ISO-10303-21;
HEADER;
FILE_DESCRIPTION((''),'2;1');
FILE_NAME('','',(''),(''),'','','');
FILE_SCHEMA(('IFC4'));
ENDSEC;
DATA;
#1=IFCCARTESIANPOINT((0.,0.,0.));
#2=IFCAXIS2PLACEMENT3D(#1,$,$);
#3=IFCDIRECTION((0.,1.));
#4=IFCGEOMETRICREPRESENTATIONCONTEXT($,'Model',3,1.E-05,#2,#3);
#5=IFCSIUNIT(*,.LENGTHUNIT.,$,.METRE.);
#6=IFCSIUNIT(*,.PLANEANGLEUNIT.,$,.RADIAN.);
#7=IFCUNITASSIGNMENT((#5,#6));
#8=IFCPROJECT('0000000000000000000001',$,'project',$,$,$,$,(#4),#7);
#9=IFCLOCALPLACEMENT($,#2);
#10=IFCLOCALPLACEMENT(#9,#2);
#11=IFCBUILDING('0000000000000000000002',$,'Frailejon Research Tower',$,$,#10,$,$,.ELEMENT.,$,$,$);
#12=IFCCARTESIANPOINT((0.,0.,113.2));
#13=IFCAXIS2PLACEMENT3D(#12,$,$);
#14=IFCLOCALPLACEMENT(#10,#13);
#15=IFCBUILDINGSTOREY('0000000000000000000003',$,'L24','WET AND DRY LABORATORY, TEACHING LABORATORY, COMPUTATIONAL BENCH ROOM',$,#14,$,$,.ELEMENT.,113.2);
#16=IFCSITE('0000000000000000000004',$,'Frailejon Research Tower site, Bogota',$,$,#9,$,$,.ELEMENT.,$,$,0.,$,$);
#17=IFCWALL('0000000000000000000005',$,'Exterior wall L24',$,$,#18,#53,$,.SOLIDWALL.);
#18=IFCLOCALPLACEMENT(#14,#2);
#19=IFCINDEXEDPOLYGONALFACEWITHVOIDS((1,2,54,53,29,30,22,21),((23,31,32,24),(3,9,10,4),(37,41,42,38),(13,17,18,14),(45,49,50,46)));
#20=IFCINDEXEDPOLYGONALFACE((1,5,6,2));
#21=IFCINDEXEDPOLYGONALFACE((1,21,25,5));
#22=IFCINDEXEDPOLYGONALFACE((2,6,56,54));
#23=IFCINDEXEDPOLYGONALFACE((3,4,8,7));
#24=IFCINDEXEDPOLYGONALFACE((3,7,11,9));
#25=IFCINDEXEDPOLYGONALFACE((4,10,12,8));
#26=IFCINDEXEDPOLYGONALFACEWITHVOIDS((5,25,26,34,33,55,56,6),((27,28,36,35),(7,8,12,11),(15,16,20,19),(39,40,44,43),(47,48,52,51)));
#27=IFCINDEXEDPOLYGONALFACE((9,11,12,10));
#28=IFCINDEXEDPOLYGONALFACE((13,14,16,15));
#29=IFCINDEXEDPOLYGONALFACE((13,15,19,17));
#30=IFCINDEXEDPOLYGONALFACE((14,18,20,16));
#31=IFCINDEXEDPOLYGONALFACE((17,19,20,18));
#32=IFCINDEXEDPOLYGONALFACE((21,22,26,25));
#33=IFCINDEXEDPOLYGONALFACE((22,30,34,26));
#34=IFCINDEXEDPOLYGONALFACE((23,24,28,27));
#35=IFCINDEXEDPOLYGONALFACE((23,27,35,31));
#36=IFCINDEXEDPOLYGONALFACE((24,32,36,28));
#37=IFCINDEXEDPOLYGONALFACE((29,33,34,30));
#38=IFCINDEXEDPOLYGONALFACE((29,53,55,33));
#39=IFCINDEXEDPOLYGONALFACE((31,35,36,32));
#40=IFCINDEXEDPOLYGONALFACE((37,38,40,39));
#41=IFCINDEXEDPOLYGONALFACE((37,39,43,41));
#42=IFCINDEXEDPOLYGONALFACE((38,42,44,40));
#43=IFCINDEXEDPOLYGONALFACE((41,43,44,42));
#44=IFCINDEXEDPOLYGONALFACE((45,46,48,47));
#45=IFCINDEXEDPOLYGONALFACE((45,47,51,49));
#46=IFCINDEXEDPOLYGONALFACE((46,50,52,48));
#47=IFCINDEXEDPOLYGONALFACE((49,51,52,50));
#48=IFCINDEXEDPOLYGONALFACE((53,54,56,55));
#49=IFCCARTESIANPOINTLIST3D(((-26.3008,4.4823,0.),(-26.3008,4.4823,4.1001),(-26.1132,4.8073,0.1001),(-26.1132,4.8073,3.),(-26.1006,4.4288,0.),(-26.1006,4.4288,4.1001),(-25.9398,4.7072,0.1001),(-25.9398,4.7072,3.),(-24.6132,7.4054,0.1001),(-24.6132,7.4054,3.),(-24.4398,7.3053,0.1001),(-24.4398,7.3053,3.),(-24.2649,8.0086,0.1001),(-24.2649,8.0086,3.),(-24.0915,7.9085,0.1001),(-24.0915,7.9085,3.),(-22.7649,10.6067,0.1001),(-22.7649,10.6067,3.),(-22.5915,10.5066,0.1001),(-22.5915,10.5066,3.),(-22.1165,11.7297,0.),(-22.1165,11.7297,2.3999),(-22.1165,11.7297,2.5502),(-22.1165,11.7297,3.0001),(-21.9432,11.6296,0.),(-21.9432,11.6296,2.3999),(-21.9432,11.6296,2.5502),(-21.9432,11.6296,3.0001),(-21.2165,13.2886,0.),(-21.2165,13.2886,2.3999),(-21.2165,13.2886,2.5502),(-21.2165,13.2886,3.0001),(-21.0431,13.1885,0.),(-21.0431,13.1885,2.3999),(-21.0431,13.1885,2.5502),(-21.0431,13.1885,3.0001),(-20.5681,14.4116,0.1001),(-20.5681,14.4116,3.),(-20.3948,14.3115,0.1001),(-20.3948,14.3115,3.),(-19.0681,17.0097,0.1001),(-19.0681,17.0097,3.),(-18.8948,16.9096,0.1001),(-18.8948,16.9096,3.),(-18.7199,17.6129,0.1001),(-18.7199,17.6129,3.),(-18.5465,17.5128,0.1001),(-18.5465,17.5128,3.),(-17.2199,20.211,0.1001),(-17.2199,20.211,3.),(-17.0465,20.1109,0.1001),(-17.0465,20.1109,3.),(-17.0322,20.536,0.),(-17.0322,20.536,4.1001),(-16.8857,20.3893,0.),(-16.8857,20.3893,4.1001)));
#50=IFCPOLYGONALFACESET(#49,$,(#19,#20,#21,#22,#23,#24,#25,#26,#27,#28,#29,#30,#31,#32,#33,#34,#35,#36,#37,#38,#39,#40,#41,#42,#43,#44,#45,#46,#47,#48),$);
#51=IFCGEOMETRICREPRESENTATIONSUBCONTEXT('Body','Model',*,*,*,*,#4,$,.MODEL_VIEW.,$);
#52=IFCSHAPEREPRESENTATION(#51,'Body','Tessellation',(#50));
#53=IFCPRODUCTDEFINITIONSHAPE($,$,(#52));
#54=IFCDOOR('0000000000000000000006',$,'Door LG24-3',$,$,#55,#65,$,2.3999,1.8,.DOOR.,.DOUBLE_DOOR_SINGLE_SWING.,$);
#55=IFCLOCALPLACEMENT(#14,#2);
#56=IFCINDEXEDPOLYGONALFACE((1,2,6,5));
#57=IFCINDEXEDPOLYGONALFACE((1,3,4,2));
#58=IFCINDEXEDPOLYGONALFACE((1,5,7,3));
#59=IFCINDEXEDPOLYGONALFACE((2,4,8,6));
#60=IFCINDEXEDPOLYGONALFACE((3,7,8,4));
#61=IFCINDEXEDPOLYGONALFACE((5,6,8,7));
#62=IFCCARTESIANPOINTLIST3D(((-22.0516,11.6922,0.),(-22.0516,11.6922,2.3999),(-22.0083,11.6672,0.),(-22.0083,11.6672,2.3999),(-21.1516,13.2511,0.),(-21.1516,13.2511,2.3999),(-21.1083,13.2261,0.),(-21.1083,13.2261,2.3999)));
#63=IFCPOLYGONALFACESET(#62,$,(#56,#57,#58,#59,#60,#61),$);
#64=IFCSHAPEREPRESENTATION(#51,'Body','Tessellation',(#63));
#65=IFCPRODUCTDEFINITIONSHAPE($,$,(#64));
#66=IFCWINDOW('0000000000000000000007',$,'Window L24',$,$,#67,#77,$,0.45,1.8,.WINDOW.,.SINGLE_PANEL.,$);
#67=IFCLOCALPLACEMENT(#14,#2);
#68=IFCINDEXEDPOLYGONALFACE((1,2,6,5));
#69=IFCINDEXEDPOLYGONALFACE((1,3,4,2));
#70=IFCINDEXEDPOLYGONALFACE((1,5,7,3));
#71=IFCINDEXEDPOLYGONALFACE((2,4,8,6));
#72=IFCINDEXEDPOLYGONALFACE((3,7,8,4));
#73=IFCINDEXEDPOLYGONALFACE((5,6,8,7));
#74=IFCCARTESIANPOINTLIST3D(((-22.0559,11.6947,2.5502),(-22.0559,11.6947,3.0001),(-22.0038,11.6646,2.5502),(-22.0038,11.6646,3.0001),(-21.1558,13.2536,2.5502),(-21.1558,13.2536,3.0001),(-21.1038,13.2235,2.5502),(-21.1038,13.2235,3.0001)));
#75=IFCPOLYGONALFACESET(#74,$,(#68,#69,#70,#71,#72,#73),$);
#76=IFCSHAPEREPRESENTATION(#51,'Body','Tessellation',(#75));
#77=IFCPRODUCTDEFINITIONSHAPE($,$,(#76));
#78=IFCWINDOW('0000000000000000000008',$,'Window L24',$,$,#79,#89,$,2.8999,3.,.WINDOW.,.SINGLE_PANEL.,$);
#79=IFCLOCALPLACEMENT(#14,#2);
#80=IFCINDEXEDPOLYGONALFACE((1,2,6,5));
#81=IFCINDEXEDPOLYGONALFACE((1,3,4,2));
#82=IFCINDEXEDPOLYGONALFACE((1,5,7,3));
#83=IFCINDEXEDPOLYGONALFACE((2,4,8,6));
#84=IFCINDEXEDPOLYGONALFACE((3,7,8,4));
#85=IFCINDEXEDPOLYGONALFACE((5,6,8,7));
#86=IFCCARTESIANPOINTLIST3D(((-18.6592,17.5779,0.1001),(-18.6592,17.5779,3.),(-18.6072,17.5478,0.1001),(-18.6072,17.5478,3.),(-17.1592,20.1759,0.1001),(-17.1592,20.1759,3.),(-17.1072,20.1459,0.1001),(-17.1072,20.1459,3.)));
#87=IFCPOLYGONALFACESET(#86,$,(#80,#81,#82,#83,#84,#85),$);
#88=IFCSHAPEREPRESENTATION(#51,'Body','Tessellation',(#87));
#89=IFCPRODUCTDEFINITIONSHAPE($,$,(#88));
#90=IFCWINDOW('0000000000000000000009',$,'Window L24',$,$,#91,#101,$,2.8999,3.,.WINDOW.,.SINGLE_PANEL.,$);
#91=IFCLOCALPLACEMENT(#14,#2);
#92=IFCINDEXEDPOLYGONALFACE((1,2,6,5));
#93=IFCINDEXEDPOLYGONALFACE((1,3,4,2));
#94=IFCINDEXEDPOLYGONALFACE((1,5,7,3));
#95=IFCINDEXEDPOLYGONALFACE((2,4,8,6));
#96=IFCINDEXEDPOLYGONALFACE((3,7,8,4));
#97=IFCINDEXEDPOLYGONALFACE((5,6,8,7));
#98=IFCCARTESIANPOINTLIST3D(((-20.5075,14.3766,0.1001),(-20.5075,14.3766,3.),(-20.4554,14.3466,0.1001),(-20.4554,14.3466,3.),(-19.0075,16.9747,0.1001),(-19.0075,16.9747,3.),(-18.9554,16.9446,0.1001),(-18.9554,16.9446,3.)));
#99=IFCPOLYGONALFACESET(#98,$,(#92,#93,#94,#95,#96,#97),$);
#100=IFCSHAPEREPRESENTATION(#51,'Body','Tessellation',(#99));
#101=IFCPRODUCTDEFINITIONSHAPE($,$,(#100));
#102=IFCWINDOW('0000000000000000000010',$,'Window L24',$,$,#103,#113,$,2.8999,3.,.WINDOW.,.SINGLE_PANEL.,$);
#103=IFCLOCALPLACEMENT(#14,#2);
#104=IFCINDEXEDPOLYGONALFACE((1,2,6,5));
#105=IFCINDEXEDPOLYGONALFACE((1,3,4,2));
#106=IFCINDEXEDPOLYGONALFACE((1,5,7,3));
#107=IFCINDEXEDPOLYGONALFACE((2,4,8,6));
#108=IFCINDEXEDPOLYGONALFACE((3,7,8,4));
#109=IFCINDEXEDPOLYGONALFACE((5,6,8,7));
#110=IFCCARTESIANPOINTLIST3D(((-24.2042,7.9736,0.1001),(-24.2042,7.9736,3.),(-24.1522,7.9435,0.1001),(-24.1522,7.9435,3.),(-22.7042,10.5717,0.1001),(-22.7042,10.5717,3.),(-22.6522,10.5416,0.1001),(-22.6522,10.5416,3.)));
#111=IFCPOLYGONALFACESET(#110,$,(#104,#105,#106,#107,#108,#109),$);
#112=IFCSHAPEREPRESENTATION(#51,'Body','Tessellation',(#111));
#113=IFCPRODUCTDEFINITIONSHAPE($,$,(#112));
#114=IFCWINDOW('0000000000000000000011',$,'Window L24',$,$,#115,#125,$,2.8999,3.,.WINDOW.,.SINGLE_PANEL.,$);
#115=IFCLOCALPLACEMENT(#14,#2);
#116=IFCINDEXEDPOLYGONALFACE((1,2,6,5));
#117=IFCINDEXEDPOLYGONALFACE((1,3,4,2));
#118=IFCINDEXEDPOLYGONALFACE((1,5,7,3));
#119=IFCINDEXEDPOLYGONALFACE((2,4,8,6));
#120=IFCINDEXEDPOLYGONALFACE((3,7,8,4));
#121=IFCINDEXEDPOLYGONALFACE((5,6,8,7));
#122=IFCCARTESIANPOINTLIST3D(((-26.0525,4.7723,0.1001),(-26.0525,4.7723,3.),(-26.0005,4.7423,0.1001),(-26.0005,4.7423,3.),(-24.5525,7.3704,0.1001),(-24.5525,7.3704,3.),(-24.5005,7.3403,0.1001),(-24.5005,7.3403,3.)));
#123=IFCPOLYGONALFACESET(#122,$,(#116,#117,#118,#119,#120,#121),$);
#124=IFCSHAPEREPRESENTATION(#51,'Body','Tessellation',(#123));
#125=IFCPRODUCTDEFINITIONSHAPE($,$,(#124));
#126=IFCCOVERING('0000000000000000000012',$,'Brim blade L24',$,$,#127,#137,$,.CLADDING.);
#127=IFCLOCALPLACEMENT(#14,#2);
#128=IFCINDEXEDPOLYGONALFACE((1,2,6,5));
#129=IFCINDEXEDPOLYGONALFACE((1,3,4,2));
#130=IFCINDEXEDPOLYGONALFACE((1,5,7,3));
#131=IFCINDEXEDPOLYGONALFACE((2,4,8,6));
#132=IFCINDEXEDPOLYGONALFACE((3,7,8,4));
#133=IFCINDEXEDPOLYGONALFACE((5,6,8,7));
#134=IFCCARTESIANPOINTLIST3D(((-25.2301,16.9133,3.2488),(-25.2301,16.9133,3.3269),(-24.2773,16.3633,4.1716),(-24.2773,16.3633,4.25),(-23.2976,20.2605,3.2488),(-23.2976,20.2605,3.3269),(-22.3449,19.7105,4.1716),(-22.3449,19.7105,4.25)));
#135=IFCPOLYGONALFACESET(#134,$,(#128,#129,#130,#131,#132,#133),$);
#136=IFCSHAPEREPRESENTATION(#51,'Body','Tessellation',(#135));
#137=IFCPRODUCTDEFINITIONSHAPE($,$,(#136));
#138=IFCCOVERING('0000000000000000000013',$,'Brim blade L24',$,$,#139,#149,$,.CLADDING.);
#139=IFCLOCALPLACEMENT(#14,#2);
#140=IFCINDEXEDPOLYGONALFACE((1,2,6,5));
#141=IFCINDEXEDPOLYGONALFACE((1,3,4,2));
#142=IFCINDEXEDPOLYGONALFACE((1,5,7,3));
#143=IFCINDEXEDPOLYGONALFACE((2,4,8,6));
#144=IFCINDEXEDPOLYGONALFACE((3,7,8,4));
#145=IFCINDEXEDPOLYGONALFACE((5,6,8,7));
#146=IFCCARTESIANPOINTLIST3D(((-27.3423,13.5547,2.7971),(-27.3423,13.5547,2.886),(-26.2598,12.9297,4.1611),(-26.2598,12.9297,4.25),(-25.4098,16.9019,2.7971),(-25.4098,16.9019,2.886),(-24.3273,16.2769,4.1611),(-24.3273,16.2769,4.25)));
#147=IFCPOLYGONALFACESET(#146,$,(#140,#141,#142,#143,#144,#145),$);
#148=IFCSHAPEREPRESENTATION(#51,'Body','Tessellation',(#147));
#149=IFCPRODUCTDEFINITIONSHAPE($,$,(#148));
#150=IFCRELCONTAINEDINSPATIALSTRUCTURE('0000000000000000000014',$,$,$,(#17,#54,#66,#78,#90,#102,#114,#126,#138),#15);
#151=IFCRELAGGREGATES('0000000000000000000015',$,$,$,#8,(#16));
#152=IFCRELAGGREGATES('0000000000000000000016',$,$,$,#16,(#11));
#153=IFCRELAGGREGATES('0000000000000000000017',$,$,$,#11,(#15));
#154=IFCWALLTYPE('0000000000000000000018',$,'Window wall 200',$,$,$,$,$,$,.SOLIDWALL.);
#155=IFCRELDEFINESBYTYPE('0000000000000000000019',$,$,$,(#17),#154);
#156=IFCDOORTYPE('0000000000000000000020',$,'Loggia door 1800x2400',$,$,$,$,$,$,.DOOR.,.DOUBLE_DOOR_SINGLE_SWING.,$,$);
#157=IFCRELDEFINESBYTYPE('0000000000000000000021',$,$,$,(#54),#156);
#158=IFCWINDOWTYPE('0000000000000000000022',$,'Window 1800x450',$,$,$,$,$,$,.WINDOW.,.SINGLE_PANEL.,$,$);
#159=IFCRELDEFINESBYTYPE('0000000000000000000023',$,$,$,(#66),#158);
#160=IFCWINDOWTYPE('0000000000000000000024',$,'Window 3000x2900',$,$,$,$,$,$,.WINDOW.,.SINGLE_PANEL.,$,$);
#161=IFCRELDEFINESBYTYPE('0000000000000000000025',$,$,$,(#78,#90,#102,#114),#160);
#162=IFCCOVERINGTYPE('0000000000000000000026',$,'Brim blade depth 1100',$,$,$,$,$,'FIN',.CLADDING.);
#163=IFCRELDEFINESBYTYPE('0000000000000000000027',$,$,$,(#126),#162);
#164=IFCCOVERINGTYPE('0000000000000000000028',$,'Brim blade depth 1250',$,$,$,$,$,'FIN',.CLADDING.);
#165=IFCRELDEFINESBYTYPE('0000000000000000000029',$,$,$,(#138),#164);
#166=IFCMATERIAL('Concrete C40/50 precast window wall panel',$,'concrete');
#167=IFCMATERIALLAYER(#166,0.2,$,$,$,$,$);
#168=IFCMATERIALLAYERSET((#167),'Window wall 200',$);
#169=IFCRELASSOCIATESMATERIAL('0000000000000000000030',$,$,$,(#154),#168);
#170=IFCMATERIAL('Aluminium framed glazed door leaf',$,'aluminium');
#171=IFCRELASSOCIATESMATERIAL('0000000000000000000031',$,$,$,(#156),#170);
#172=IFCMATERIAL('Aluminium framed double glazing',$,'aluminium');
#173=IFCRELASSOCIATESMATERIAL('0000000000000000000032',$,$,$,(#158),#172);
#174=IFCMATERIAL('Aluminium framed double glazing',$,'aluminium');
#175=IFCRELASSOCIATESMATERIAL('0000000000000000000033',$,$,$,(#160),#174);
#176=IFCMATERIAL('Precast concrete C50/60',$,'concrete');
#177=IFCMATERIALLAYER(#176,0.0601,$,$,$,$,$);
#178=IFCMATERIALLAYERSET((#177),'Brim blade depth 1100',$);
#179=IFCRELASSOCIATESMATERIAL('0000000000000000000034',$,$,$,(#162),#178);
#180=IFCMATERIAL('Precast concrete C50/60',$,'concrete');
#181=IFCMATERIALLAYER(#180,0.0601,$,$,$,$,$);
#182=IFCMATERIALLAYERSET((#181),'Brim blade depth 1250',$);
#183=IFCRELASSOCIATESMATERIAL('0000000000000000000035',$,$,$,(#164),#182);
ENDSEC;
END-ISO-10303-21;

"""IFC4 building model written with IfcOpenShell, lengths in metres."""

from ifc_helpers import new_model, si_unit, direction, frame, frame_2d, origin, place, context, subcontext, project, spatial, polyline, rectangle, outline, extrude, material, layer, layer_set, type_object, element, fill, save


model = new_model("IFC4")

# Units and contexts
model_context = context("Model", 3, precision=1e-05, world=origin(), true_north=direction((0.0, 1.0)))
body_context = subcontext(model_context, "Body", "Model", "MODEL_VIEW")
ifc_project = project(units=[si_unit("LENGTHUNIT", "METRE"), si_unit("PLANEANGLEUNIT", "RADIAN")], contexts=[model_context])

# Site, building, storey
site_placement = place(None, origin())
site = spatial("IfcSite", under=ifc_project, at=site_placement, Name="Frailejon Research Tower site, Bogota", CompositionType="ELEMENT", RefElevation=0.0)
building_placement = place(site_placement, origin())
building = spatial("IfcBuilding", under=site, at=building_placement, Name="Frailejon Research Tower", CompositionType="ELEMENT")
storey_placement = place(building_placement, frame((0.0, 0.0, 113.2)))
storey = spatial("IfcBuildingStorey", under=building, at=storey_placement, Name="L24", Description="WET AND DRY LABORATORY, TEACHING LABORATORY, COMPUTATIONAL BENCH ROOM", CompositionType="ELEMENT", Elevation=113.2)

# Wall, openings, door, windows
ifc_material_1 = material(Name="Concrete C40/50 precast window wall panel", Category="concrete")
ifc_layer_1 = layer(ifc_material_1, 0.2)
ifc_layer_set_1 = layer_set([ifc_layer_1], Name="Window wall 200")
wall_type = type_object("IfcWallType", Name="Window wall 200", PredefinedType="SOLIDWALL", material=ifc_layer_set_1)
wall_placement = place(storey_placement, frame((-16.959, 20.4626, 0.0), z_axis=(0.0, 0.0, 1.0), x_axis=(-0.5, -0.866025, 0.0)))
wall = element("IfcWall", 1, at=wall_placement, inside=storey, type_object=wall_type, Name="Exterior wall L24", PredefinedType="SOLIDWALL", context=body_context, shape_type="SweptSolid", body=[
    extrude(outline(polyline([(-0.0269, -0.1001), (1.0029, -0.1001), (2.0327, -0.1001), (3.0627, -0.1001), (4.0925, -0.1001), (5.1223, -0.1001), (6.1521, -0.1001), (7.1821, -0.1001), (8.2119, -0.1001), (9.2417, -0.1001), (10.2715, -0.1001), (11.3013, -0.1001), (12.3313, -0.1001), (13.3611, -0.1001), (14.3909, -0.1001), (15.4207, -0.1001), (16.4507, -0.1001), (17.4805, -0.1001), (18.5103, -0.1001), (18.4565, 0.1001), (17.4326, 0.1001), (16.4087, 0.1001), (15.385, 0.1001), (14.3611, 0.1001), (13.3372, 0.1001), (12.3132, 0.1001), (11.2896, 0.1001), (10.2656, 0.1001), (9.2417, 0.1001), (8.2178, 0.1001), (7.1938, 0.1001), (6.1702, 0.1001), (5.1462, 0.1001), (4.1223, 0.1001), (3.0984, 0.1001), (2.0747, 0.1001), (1.0508, 0.1001), (0.0269, 0.1001), (-0.0269, -0.1001)])), origin(), (0.0, 0.0, 1.0), 4.1001),
])
opening_1_placement = place(wall_placement, frame((0.3484, 0.0, 0.1001)))
opening_1 = element("IfcOpeningElement", 2, at=opening_1_placement, cuts=wall, PredefinedType="OPENING", context=body_context, shape_type="SweptSolid", body=[
    extrude(rectangle(XDim=3.0, YDim=2.8999, at=frame_2d((1.5, 1.45))), frame((0.0, 0.1099, 0.0), z_axis=(0.0, -1.0, 0.0), x_axis=(1.0, 0.0, 0.0)), (0.0, 0.0, 1.0), 0.22),
])
opening_2_placement = place(wall_placement, frame((4.0449, 0.0, 0.1001)))
opening_2 = element("IfcOpeningElement", 3, at=opening_2_placement, cuts=wall, PredefinedType="OPENING", context=body_context, shape_type="SweptSolid", body=[
    extrude(rectangle(XDim=3.0, YDim=2.8999, at=frame_2d((1.5, 1.45))), frame((0.0, 0.1099, 0.0), z_axis=(0.0, -1.0, 0.0), x_axis=(1.0, 0.0, 0.0)), (0.0, 0.0, 1.0), 0.22),
])
opening_3_placement = place(wall_placement, frame((8.3418, 0.0, 0.0)))
opening_3 = element("IfcOpeningElement", 4, at=opening_3_placement, cuts=wall, PredefinedType="OPENING", context=body_context, shape_type="SweptSolid", body=[
    extrude(rectangle(XDim=1.8, YDim=2.3999, at=frame_2d((0.8999, 1.2))), frame((0.0, 0.1099, 0.0), z_axis=(0.0, -1.0, 0.0), x_axis=(1.0, 0.0, 0.0)), (0.0, 0.0, 1.0), 0.22),
])
opening_4_placement = place(wall_placement, frame((8.3418, 0.0, 2.55)))
opening_4 = element("IfcOpeningElement", 5, at=opening_4_placement, cuts=wall, PredefinedType="OPENING", context=body_context, shape_type="SweptSolid", body=[
    extrude(rectangle(XDim=1.8, YDim=0.45, at=frame_2d((0.8999, 0.2251))), frame((0.0, 0.1099, 0.0), z_axis=(0.0, -1.0, 0.0), x_axis=(1.0, 0.0, 0.0)), (0.0, 0.0, 1.0), 0.22),
])
opening_5_placement = place(wall_placement, frame((11.4385, 0.0, 0.1001)))
opening_5 = element("IfcOpeningElement", 6, at=opening_5_placement, cuts=wall, PredefinedType="OPENING", context=body_context, shape_type="SweptSolid", body=[
    extrude(rectangle(XDim=3.0, YDim=2.8999, at=frame_2d((1.5, 1.45))), frame((0.0, 0.1099, 0.0), z_axis=(0.0, -1.0, 0.0), x_axis=(1.0, 0.0, 0.0)), (0.0, 0.0, 1.0), 0.22),
])
opening_6_placement = place(wall_placement, frame((15.135, 0.0, 0.1001)))
opening_6 = element("IfcOpeningElement", 7, at=opening_6_placement, cuts=wall, PredefinedType="OPENING", context=body_context, shape_type="SweptSolid", body=[
    extrude(rectangle(XDim=3.0, YDim=2.8999, at=frame_2d((1.5, 1.45))), frame((0.0, 0.1099, 0.0), z_axis=(0.0, -1.0, 0.0), x_axis=(1.0, 0.0, 0.0)), (0.0, 0.0, 1.0), 0.22),
])
ifc_material_2 = material(Name="Aluminium framed glazed door leaf", Category="aluminium")
door_type = type_object("IfcDoorType", Name="Loggia door 1800x2400", OperationType="DOUBLE_DOOR_SINGLE_SWING", PredefinedType="DOOR", material=ifc_material_2)
door_placement = place(opening_3_placement, origin())
door = element("IfcDoor", 8, at=door_placement, inside=storey, type_object=door_type, Name="Door LG24-3", OperationType="DOUBLE_DOOR_SINGLE_SWING", OverallHeight=2.3999, OverallWidth=1.8, PredefinedType="DOOR", context=body_context, shape_type="SweptSolid", body=[
    extrude(rectangle(XDim=1.8, YDim=2.3999, at=frame_2d((0.8999, 1.2))), frame((0.0, 0.0249, 0.0), z_axis=(0.0, -1.0, 0.0), x_axis=(1.0, 0.0, 0.0)), (0.0, 0.0, 1.0), 0.05),
])
fill(opening_3, door)
ifc_material_3 = material(Name="Aluminium framed double glazing", Category="aluminium")
window_type_1 = type_object("IfcWindowType", Name="Window 1800x450", PartitioningType="SINGLE_PANEL", PredefinedType="WINDOW", material=ifc_material_3)
window_1_placement = place(opening_4_placement, origin())
window_1 = element("IfcWindow", 9, at=window_1_placement, inside=storey, type_object=window_type_1, Name="Window L24", OverallHeight=0.45, OverallWidth=1.8, PartitioningType="SINGLE_PANEL", PredefinedType="WINDOW", context=body_context, shape_type="SweptSolid", body=[
    extrude(rectangle(XDim=1.8, YDim=0.45, at=frame_2d((0.8999, 0.2251))), frame((0.0, 0.03, 0.0), z_axis=(0.0, -1.0, 0.0), x_axis=(1.0, 0.0, 0.0)), (0.0, 0.0, 1.0), 0.0601),
])
fill(opening_4, window_1)
ifc_material_4 = material(Name="Aluminium framed double glazing", Category="aluminium")
window_type_2 = type_object("IfcWindowType", Name="Window 3000x2900", PartitioningType="SINGLE_PANEL", PredefinedType="WINDOW", material=ifc_material_4)
window_2_placement = place(opening_1_placement, origin())
window_2 = element("IfcWindow", 10, at=window_2_placement, inside=storey, type_object=window_type_2, Name="Window L24", OverallHeight=2.8999, OverallWidth=3.0, PartitioningType="SINGLE_PANEL", PredefinedType="WINDOW", context=body_context, shape_type="SweptSolid", body=[
    extrude(rectangle(XDim=3.0, YDim=2.8999, at=frame_2d((1.5, 1.45))), frame((0.0, 0.03, 0.0), z_axis=(0.0, -1.0, 0.0), x_axis=(1.0, 0.0, 0.0)), (0.0, 0.0, 1.0), 0.0601),
])
fill(opening_1, window_2)
window_3_placement = place(opening_2_placement, origin())
window_3 = element("IfcWindow", 11, at=window_3_placement, inside=storey, type_object=window_type_2, Name="Window L24", OverallHeight=2.8999, OverallWidth=3.0, PartitioningType="SINGLE_PANEL", PredefinedType="WINDOW", context=body_context, shape_type="SweptSolid", body=[
    extrude(rectangle(XDim=3.0, YDim=2.8999, at=frame_2d((1.5, 1.45))), frame((0.0, 0.03, 0.0), z_axis=(0.0, -1.0, 0.0), x_axis=(1.0, 0.0, 0.0)), (0.0, 0.0, 1.0), 0.0601),
])
fill(opening_2, window_3)
window_4_placement = place(opening_5_placement, origin())
window_4 = element("IfcWindow", 12, at=window_4_placement, inside=storey, type_object=window_type_2, Name="Window L24", OverallHeight=2.8999, OverallWidth=3.0, PartitioningType="SINGLE_PANEL", PredefinedType="WINDOW", context=body_context, shape_type="SweptSolid", body=[
    extrude(rectangle(XDim=3.0, YDim=2.8999, at=frame_2d((1.5, 1.45))), frame((0.0, 0.03, 0.0), z_axis=(0.0, -1.0, 0.0), x_axis=(1.0, 0.0, 0.0)), (0.0, 0.0, 1.0), 0.0601),
])
fill(opening_5, window_4)
window_5_placement = place(opening_6_placement, origin())
window_5 = element("IfcWindow", 13, at=window_5_placement, inside=storey, type_object=window_type_2, Name="Window L24", OverallHeight=2.8999, OverallWidth=3.0, PartitioningType="SINGLE_PANEL", PredefinedType="WINDOW", context=body_context, shape_type="SweptSolid", body=[
    extrude(rectangle(XDim=3.0, YDim=2.8999, at=frame_2d((1.5, 1.45))), frame((0.0, 0.03, 0.0), z_axis=(0.0, -1.0, 0.0), x_axis=(1.0, 0.0, 0.0)), (0.0, 0.0, 1.0), 0.0601),
])
fill(opening_6, window_5)

# Coverings
ifc_material_5 = material(Name="Precast concrete C50/60", Category="concrete")
ifc_layer_2 = layer(ifc_material_5, 0.0601)
ifc_layer_set_2 = layer_set([ifc_layer_2], Name="Brim blade depth 1100")
covering_type_1 = type_object("IfcCoveringType", Name="Brim blade depth 1100", ElementType="FIN", PredefinedType="CLADDING", material=ifc_layer_set_2)
covering_1_placement = place(storey_placement, frame((-24.2773, 16.3633, 4.25), z_axis=(0.499991, 0.866031, 0.0), x_axis=(-0.866031, 0.499991, 0.0)))
element("IfcCovering", 14, at=covering_1_placement, inside=storey, type_object=covering_type_1, Name="Brim blade L24", PredefinedType="CLADDING", context=body_context, shape_type="SweptSolid", body=[
    extrude(outline(polyline([(0.0, -0.0784), (1.1001, -1.0012), (1.1001, -0.9231), (0.0, 0.0), (0.0, -0.0784)])), origin(), (0.0, 0.0, 1.0), 3.865),
])
ifc_material_6 = material(Name="Precast concrete C50/60", Category="concrete")
ifc_layer_3 = layer(ifc_material_6, 0.0601)
ifc_layer_set_3 = layer_set([ifc_layer_3], Name="Brim blade depth 1250")
covering_type_2 = type_object("IfcCoveringType", Name="Brim blade depth 1250", ElementType="FIN", PredefinedType="CLADDING", material=ifc_layer_set_3)
covering_2_placement = place(storey_placement, frame((-26.2598, 12.9297, 4.25), z_axis=(0.499991, 0.866031, 0.0), x_axis=(-0.866031, 0.499991, 0.0)))
element("IfcCovering", 15, at=covering_2_placement, inside=storey, type_object=covering_type_2, Name="Brim blade L24", PredefinedType="CLADDING", context=body_context, shape_type="SweptSolid", body=[
    extrude(outline(polyline([(0.0, -0.0889), (1.25, -1.4529), (1.25, -1.364), (0.0, 0.0), (0.0, -0.0889)])), origin(), (0.0, 0.0, 1.0), 3.865),
])

save(model, "model.ifc")
